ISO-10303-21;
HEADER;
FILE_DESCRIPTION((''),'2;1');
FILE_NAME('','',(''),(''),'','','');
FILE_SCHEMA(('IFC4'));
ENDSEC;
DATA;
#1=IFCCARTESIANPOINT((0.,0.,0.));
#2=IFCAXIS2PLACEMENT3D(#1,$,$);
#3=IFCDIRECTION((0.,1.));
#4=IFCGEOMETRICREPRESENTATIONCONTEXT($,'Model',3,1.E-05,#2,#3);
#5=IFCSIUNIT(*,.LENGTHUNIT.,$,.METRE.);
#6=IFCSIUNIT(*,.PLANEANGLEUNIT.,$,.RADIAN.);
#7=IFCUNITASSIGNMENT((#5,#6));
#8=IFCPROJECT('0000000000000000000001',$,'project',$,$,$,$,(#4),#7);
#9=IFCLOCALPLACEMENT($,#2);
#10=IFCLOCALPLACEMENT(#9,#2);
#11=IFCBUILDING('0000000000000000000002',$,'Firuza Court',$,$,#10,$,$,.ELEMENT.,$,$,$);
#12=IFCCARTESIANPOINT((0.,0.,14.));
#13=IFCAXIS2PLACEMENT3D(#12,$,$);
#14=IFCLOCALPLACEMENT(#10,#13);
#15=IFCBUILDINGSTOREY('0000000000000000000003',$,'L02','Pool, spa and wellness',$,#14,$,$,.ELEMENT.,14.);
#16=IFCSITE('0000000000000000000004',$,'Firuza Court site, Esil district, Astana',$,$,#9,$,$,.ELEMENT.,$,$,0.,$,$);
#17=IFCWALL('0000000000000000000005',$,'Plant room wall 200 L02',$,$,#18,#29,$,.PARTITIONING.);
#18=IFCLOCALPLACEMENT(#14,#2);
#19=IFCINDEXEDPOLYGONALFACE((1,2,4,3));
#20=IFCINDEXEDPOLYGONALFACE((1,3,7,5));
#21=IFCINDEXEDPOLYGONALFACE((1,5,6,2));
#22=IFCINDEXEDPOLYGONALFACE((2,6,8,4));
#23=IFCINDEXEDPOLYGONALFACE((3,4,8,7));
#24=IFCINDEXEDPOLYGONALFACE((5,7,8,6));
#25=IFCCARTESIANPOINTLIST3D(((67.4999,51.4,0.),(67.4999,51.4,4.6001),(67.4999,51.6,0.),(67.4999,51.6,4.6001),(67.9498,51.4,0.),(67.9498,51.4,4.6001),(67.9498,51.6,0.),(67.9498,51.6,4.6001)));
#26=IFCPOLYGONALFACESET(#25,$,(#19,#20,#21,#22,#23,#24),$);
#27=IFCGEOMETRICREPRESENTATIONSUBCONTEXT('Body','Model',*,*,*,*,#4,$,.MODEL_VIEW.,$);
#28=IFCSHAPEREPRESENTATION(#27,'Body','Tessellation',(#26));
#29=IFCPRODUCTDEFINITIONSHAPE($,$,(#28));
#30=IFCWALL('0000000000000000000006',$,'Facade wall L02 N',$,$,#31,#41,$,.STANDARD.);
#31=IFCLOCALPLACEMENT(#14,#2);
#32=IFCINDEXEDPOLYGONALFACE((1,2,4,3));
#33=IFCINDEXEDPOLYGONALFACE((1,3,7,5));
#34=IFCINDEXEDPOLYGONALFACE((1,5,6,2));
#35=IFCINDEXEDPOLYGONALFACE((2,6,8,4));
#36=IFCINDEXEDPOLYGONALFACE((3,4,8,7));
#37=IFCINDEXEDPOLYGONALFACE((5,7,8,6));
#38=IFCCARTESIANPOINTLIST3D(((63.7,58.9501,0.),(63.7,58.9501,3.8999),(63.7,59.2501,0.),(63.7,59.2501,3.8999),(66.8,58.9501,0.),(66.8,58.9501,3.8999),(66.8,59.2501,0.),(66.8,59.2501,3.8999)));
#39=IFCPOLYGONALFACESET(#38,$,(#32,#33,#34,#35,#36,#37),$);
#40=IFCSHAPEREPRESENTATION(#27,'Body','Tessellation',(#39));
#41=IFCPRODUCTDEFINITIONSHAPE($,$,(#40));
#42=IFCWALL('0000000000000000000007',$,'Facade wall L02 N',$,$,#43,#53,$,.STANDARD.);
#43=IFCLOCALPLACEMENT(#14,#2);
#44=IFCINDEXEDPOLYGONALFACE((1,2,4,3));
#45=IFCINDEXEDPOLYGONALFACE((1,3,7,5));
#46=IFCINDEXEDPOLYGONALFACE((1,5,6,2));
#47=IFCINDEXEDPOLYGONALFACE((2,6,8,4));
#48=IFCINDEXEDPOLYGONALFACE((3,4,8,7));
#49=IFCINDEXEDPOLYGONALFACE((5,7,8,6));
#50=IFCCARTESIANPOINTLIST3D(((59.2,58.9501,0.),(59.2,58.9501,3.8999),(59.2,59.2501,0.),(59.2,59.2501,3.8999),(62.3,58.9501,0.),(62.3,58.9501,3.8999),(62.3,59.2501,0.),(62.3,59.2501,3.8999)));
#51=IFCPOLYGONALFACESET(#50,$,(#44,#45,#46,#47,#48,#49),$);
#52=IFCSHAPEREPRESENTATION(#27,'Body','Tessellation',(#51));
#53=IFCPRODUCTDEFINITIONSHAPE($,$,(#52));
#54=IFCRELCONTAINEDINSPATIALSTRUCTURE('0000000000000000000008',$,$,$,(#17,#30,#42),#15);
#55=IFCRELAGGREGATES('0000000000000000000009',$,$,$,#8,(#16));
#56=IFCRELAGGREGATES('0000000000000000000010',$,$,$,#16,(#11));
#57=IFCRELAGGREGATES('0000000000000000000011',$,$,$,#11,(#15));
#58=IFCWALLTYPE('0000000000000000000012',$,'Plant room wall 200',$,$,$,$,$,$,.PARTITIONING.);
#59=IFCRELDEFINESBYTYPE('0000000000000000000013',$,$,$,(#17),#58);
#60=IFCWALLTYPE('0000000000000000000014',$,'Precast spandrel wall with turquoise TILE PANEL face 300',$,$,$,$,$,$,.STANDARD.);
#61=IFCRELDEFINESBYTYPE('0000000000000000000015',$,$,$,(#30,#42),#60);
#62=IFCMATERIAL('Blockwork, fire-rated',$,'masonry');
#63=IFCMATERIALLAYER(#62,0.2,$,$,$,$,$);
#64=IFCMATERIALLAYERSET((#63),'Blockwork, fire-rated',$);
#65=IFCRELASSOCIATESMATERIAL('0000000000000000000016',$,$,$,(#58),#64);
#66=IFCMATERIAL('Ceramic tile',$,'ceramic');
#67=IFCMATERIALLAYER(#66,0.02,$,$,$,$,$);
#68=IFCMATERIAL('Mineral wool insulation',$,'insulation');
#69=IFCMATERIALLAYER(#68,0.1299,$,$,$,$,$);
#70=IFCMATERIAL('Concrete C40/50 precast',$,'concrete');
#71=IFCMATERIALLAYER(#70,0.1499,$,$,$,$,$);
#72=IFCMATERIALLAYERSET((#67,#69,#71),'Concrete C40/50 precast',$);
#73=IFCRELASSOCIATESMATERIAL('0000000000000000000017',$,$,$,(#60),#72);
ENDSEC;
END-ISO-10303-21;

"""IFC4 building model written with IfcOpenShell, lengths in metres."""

from ifc_helpers import new_model, si_unit, direction, frame, frame_2d, origin, place, context, subcontext, project, spatial, rectangle, extrude, material, layer, layer_set, type_object, element, save


model = new_model("IFC4")

# Units and contexts
model_context = context("Model", 3, precision=1e-05, world=origin(), true_north=direction((0.0, 1.0)))
body_context = subcontext(model_context, "Body", "Model", "MODEL_VIEW")
ifc_project = project(units=[si_unit("LENGTHUNIT", "METRE"), si_unit("PLANEANGLEUNIT", "RADIAN")], contexts=[model_context])

# Site, building, storey
site_placement = place(None, origin())
site = spatial("IfcSite", under=ifc_project, at=site_placement, Name="Firuza Court site, Esil district, Astana", CompositionType="ELEMENT", RefElevation=0.0)
building_placement = place(site_placement, origin())
building = spatial("IfcBuilding", under=site, at=building_placement, Name="Firuza Court", CompositionType="ELEMENT")
storey_placement = place(building_placement, frame((0.0, 0.0, 14.0)))
storey = spatial("IfcBuildingStorey", under=building, at=storey_placement, Name="L02", Description="Pool, spa and wellness", CompositionType="ELEMENT", Elevation=14.0)

# Shared definitions
ifc_material_1 = material(Name="Blockwork, fire-rated", Category="masonry")
ifc_layer_1 = layer(ifc_material_1, 0.2)
ifc_layer_set_1 = layer_set([ifc_layer_1], Name="Blockwork, fire-rated")
wall_type_1 = type_object("IfcWallType", Name="Plant room wall 200", PredefinedType="PARTITIONING", material=ifc_layer_set_1)

# Walls
wall_1_placement = place(storey_placement, frame((67.95, 51.5, 0.0), z_axis=(0.0, 0.0, 1.0), x_axis=(-1.0, 0.0, 0.0)))
element("IfcWall", 1, at=wall_1_placement, inside=storey, type_object=wall_type_1, Name="Plant room wall 200 L02", PredefinedType="PARTITIONING", context=body_context, shape_type="SweptSolid", body=[
    extrude(rectangle(XDim=0.45, YDim=0.2, at=frame_2d((0.2251, 0.0))), origin(), (0.0, 0.0, 1.0), 4.6001),
])
ifc_material_2 = material(Name="Ceramic tile", Category="ceramic")
ifc_layer_2 = layer(ifc_material_2, 0.02)
ifc_material_3 = material(Name="Mineral wool insulation", Category="insulation")
ifc_layer_3 = layer(ifc_material_3, 0.1299)
ifc_material_4 = material(Name="Concrete C40/50 precast", Category="concrete")
ifc_layer_4 = layer(ifc_material_4, 0.1499)
ifc_layer_set_2 = layer_set([ifc_layer_2, ifc_layer_3, ifc_layer_4], Name="Concrete C40/50 precast")
wall_type_2 = type_object("IfcWallType", Name="Precast spandrel wall with turquoise TILE PANEL face 300", PredefinedType="STANDARD", material=ifc_layer_set_2)
for number, where, z_axis, x_axis, name in (
    (2, (66.8, 59.1001, 0.0), (0.0, 0.0, 1.0), (-1.0, 0.0, 0.0), "Facade wall L02 N"),
    (3, (62.3, 59.1001, 0.0), (0.0, 0.0, 1.0), (-1.0, 0.0, 0.0), "Facade wall L02 N"),
):
    element("IfcWall", number, at=place(storey_placement, frame(where, z_axis=z_axis, x_axis=x_axis)), inside=storey, type_object=wall_type_2, Name=name, PredefinedType="STANDARD", context=body_context, shape_type="SweptSolid", body=[
        extrude(rectangle(XDim=3.1001, YDim=0.3, at=frame_2d((1.55, 0.0))), origin(), (0.0, 0.0, 1.0), 3.8999),
    ])

save(model, "model.ifc")
